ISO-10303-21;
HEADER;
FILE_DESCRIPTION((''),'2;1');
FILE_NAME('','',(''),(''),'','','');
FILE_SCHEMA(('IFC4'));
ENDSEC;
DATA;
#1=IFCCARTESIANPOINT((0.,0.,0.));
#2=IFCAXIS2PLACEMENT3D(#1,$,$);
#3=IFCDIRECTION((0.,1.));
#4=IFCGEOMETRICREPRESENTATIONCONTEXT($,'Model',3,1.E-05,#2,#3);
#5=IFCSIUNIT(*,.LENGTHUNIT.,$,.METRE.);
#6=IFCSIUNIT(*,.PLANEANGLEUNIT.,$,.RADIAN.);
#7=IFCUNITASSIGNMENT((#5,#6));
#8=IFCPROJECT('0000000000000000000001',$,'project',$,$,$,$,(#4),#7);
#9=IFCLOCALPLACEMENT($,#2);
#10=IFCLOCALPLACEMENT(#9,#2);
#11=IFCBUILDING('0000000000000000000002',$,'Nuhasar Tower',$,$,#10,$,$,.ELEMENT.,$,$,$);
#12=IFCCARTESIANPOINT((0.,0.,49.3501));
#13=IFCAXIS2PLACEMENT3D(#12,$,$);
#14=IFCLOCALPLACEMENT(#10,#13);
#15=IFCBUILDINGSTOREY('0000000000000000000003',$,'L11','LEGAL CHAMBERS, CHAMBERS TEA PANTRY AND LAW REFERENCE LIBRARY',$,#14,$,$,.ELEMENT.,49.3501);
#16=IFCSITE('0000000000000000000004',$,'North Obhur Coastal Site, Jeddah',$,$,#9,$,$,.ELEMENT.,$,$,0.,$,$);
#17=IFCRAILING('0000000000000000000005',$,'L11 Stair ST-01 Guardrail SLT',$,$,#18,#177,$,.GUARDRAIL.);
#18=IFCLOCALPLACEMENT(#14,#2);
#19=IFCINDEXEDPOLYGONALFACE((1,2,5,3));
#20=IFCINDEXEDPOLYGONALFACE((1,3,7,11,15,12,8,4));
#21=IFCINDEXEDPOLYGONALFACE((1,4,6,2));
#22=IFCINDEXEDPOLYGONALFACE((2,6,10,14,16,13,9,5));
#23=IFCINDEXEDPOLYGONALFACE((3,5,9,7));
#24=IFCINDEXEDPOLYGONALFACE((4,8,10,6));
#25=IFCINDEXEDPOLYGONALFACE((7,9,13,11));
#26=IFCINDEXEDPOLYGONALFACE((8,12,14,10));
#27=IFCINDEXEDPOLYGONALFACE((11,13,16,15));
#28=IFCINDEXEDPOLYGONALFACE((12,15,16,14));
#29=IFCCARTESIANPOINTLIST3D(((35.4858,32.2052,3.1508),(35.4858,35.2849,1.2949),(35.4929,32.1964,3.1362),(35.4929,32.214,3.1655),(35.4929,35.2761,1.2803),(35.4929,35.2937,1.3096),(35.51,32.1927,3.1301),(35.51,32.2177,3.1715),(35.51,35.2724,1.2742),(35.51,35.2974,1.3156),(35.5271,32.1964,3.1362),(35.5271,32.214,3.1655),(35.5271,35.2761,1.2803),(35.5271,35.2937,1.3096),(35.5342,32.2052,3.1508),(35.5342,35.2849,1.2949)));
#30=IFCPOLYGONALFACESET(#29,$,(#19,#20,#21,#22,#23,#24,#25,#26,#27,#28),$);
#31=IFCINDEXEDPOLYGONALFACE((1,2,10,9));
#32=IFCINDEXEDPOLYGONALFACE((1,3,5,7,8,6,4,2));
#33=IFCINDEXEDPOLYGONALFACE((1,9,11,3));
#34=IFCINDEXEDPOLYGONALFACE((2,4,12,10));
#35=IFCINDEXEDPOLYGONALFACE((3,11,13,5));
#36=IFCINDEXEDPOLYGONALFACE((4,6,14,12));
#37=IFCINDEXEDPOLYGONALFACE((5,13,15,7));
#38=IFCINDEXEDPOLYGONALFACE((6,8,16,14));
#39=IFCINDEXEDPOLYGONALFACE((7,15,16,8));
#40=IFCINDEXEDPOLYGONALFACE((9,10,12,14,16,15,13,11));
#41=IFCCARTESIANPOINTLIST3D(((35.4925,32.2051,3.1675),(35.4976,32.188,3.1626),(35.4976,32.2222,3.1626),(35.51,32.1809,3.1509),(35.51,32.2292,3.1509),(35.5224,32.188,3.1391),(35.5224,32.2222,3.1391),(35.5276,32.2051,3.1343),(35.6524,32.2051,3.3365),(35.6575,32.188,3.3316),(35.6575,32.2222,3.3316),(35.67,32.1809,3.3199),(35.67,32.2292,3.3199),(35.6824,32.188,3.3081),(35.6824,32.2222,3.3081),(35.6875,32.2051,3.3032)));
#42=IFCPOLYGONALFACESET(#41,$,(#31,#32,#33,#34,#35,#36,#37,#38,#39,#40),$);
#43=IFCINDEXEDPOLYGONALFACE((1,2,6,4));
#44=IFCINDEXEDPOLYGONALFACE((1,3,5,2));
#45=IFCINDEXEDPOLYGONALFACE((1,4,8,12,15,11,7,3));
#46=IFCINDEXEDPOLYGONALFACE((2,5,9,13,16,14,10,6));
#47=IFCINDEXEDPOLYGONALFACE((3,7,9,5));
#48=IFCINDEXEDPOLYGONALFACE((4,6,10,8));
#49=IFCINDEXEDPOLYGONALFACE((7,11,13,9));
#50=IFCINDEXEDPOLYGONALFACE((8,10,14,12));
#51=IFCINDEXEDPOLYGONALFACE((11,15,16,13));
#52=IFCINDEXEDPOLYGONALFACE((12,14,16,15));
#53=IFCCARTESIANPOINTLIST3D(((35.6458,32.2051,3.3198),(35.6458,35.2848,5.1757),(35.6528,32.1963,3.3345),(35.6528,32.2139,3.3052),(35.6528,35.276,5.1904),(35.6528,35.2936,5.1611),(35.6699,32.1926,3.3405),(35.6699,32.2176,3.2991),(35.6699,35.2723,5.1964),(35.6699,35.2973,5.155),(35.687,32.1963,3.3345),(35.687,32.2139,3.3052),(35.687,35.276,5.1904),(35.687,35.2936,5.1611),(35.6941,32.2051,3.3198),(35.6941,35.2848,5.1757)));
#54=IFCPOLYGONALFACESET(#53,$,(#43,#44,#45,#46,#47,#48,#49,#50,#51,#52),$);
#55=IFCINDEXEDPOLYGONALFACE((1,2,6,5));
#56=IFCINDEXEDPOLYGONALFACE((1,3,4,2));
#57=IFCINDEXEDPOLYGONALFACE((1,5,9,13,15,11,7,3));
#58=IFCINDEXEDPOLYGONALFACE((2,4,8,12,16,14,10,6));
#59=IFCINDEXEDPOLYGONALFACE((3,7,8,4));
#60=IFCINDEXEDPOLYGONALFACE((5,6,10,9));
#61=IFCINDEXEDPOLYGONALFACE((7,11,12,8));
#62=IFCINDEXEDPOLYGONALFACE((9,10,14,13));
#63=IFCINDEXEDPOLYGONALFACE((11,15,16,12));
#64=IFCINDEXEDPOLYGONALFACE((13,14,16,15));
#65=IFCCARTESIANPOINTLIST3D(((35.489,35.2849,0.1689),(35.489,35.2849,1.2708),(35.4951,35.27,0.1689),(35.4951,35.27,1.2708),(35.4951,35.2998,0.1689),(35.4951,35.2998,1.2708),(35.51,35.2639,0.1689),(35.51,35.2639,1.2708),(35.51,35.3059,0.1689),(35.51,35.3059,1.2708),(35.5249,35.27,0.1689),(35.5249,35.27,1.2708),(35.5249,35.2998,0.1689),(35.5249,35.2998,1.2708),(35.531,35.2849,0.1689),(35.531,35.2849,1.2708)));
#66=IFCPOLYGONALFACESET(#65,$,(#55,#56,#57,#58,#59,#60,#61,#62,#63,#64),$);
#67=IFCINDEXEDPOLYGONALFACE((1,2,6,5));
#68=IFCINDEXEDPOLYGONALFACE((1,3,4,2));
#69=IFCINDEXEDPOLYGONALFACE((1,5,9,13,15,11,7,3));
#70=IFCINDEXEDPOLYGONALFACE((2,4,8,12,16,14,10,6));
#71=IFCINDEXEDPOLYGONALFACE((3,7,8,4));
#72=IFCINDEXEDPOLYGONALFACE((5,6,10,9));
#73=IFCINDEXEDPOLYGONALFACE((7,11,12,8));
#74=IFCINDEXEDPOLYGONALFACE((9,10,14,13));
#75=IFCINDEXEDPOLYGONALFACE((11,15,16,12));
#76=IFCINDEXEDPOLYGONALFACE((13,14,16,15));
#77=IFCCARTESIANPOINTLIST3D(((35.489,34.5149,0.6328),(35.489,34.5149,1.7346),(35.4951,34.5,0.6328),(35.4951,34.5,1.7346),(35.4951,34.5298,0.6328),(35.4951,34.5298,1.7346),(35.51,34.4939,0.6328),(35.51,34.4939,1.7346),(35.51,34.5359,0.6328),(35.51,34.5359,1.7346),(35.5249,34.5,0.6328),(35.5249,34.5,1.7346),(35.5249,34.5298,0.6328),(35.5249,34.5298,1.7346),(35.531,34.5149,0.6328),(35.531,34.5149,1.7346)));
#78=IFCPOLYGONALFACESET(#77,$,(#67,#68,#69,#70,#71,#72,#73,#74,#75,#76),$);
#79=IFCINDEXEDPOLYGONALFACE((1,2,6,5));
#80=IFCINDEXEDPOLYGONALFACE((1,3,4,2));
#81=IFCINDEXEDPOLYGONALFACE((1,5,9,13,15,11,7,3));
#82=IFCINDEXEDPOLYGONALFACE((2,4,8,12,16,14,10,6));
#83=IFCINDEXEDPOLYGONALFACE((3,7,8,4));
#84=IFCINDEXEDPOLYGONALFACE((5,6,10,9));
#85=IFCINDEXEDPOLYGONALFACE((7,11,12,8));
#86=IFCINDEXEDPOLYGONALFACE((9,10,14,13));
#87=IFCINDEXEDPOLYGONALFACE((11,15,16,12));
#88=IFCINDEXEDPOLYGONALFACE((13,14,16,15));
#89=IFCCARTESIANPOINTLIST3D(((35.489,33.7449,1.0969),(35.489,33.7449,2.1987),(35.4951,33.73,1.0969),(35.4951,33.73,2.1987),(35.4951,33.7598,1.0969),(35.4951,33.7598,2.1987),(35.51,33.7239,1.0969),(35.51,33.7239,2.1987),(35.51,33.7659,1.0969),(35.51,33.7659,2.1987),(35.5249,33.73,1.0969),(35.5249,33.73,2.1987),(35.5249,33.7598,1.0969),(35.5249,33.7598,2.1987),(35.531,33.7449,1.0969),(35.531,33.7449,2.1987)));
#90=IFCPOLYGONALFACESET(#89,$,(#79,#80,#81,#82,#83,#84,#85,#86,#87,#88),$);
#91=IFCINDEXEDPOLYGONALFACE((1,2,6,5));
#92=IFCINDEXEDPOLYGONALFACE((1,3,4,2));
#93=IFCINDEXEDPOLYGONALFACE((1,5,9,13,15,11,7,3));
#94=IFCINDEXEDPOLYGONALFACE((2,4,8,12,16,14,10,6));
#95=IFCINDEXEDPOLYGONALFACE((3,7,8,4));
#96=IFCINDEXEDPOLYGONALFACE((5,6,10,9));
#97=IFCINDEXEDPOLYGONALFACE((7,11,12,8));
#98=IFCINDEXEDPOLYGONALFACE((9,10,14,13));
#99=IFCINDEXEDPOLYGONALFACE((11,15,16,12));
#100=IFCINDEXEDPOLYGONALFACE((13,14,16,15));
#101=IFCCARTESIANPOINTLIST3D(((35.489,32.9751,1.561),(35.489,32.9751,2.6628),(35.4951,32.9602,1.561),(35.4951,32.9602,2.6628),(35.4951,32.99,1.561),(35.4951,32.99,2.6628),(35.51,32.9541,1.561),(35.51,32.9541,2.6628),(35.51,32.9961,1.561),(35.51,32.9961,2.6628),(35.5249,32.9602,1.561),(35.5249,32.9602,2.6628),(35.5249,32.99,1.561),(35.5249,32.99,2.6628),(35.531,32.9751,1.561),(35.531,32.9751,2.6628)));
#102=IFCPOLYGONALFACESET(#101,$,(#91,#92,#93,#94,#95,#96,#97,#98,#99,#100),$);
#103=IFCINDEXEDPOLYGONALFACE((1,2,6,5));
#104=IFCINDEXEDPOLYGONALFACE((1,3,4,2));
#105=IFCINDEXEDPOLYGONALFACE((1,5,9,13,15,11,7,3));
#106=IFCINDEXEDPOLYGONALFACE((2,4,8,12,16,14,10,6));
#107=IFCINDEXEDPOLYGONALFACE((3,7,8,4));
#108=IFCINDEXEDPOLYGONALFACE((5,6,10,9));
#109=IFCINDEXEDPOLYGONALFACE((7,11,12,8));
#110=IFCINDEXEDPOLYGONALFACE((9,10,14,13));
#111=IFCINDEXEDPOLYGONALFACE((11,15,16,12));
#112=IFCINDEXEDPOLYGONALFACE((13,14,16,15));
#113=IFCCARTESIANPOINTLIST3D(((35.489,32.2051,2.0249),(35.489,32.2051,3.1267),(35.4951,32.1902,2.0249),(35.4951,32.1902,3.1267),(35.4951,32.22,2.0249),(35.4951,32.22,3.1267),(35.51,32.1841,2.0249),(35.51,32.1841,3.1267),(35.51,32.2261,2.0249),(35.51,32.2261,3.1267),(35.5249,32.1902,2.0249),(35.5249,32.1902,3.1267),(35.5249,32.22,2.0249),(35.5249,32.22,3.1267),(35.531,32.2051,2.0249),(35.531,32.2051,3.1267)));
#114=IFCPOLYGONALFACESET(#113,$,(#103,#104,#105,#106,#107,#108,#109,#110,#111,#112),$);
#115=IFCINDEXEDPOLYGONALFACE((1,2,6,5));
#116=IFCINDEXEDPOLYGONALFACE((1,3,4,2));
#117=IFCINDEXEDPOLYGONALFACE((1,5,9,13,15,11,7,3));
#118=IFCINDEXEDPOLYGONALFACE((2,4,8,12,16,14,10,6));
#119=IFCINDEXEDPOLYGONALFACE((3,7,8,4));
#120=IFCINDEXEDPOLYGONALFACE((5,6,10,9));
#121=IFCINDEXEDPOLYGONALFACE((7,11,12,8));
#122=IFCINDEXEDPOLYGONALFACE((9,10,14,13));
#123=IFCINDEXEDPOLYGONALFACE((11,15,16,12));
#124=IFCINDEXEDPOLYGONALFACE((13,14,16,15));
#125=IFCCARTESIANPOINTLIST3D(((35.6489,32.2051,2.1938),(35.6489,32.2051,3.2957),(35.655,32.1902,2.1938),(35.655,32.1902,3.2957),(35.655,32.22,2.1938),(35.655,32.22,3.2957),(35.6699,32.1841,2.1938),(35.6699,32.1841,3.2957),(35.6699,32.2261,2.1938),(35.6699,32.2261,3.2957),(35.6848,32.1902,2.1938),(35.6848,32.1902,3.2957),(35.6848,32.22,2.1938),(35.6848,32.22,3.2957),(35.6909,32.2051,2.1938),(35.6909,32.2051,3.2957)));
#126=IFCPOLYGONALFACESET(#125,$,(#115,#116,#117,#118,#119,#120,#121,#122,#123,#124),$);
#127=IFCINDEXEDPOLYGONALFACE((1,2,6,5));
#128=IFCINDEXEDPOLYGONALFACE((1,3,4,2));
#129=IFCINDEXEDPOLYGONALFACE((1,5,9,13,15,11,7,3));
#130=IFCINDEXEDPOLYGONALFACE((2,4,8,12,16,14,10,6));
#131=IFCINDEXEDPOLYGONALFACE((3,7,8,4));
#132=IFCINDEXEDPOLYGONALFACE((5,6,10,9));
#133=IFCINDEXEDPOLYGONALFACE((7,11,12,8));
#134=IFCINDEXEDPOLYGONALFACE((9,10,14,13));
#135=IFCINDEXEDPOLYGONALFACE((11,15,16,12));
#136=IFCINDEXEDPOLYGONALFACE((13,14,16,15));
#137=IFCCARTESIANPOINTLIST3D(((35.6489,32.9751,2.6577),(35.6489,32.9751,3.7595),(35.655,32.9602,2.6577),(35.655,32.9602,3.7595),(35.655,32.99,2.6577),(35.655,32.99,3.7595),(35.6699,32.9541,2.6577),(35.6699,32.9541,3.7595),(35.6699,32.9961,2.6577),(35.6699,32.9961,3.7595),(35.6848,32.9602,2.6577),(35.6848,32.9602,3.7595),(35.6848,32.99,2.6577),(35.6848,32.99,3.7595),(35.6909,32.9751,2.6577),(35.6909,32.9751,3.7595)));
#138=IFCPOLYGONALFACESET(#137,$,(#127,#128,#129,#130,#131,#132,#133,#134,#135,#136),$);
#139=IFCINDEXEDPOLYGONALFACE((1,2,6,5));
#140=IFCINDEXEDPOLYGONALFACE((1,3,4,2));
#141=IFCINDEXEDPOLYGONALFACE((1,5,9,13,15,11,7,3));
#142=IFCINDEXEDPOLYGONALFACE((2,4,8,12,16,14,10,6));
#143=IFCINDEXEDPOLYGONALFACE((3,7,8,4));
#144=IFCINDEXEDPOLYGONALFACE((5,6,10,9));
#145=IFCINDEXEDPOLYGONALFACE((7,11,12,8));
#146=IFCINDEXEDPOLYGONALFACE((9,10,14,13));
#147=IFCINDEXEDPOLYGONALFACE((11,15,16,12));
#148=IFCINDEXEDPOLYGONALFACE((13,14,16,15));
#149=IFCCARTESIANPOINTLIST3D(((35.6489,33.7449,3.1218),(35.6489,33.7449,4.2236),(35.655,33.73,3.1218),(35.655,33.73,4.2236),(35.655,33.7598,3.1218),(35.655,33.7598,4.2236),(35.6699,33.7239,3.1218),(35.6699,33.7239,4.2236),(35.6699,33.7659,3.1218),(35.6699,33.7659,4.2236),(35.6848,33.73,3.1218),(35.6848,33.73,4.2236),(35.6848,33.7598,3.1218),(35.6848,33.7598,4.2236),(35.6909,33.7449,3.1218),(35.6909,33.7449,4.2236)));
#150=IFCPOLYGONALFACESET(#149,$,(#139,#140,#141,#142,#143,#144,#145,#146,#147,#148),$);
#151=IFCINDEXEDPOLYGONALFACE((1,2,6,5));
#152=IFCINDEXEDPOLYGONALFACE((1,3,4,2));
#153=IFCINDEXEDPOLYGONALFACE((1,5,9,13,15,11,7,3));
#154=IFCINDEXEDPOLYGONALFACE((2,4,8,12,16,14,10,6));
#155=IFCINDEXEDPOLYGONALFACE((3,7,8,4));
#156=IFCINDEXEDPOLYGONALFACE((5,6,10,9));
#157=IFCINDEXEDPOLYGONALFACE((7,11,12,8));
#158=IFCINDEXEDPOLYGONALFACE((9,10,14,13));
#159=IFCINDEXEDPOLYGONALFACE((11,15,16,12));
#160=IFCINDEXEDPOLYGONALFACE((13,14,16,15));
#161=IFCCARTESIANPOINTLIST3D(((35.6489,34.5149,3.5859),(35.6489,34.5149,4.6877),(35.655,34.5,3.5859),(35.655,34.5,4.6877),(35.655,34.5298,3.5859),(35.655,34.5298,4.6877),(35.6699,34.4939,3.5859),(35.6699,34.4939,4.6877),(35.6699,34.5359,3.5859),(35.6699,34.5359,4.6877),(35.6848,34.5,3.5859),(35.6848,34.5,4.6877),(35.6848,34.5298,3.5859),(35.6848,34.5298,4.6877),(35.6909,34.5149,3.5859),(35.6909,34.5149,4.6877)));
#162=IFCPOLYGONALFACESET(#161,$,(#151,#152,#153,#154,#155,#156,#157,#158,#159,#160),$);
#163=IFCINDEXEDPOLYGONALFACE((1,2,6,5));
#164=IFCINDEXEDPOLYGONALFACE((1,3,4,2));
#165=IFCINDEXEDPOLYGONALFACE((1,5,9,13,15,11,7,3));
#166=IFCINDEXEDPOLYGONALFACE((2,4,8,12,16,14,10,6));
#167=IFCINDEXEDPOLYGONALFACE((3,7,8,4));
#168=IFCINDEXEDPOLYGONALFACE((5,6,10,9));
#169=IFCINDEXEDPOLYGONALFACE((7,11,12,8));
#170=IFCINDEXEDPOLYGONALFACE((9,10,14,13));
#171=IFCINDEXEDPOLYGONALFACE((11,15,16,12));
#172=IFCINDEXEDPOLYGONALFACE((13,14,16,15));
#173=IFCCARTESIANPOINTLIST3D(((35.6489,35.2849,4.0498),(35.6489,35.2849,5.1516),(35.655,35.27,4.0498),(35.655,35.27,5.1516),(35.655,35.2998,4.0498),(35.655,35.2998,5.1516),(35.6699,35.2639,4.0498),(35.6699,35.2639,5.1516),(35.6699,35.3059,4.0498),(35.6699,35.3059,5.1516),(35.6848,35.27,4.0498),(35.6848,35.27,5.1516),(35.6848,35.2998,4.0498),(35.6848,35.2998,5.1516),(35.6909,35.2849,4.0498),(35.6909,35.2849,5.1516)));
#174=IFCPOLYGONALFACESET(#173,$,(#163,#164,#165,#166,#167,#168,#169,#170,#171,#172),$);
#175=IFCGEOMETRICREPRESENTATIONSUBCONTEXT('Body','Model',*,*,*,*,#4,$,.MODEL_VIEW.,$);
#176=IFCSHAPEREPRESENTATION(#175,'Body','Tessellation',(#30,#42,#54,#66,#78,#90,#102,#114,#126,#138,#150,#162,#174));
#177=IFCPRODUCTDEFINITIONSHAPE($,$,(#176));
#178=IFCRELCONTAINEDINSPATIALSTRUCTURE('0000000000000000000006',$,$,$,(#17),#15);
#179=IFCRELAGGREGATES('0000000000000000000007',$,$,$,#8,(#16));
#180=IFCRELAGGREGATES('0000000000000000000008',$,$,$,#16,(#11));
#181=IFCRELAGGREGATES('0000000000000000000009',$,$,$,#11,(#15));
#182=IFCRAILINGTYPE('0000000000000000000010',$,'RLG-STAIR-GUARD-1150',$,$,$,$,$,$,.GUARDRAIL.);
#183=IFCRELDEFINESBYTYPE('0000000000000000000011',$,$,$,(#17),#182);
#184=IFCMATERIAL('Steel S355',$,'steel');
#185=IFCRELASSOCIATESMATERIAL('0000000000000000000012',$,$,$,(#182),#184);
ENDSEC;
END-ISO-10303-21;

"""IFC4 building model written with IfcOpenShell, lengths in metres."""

from ifc_helpers import new_model, si_unit, direction, frame, origin, place, context, subcontext, project, spatial, polyline, outline, extrude, material, type_object, element, save


model = new_model("IFC4")

# Units and contexts
model_context = context("Model", 3, precision=1e-05, world=origin(), true_north=direction((0.0, 1.0)))
body_context = subcontext(model_context, "Body", "Model", "MODEL_VIEW")
ifc_project = project(units=[si_unit("LENGTHUNIT", "METRE"), si_unit("PLANEANGLEUNIT", "RADIAN")], contexts=[model_context])

# Site, building, storey
site_placement = place(None, origin())
site = spatial("IfcSite", under=ifc_project, at=site_placement, Name="North Obhur Coastal Site, Jeddah", CompositionType="ELEMENT", RefElevation=0.0)
building_placement = place(site_placement, origin())
building = spatial("IfcBuilding", under=site, at=building_placement, Name="Nuhasar Tower", CompositionType="ELEMENT")
storey_placement = place(building_placement, frame((0.0, 0.0, 49.3501)))
storey = spatial("IfcBuildingStorey", under=building, at=storey_placement, Name="L11", Description="LEGAL CHAMBERS, CHAMBERS TEA PANTRY AND LAW REFERENCE LIBRARY", CompositionType="ELEMENT", Elevation=49.3501)

# Shared definitions
ifc_material_1 = material(Name="Steel S355", Category="steel")

# Railing
railing_type_1 = type_object("IfcRailingType", Name="RLG-STAIR-GUARD-1150", PredefinedType="GUARDRAIL", material=ifc_material_1)
railing_1_placement = place(storey_placement, frame((35.51, 35.2849, 0.1689)))
element("IfcRailing", 1, at=railing_1_placement, inside=storey, type_object=railing_type_1, Name="L11 Stair ST-01 Guardrail SLT", PredefinedType="GUARDRAIL", context=body_context, shape_type="SweptSolid", body=[
    extrude(outline(polyline([(0.0242, 0.0), (0.0171, 0.0171), (0.0, 0.0242), (-0.0171, 0.0171), (-0.0242, 0.0), (-0.0171, -0.0171), (0.0, -0.0242), (0.0171, -0.0171), (0.0242, 0.0)])), frame((0.0, 0.0, 1.126), z_axis=(0.0, -0.856503, 0.516142), x_axis=(1.0, 0.0, 0.0)), (0.0, 0.0, 1.0), 3.5957),
    extrude(outline(polyline([(0.0242, 0.0), (0.0171, 0.0171), (0.0, 0.0242), (-0.0171, 0.0171), (-0.0242, 0.0), (-0.0171, -0.0171), (0.0, -0.0242), (0.0171, -0.0171), (0.0242, 0.0)])), frame((0.0, -3.0798, 2.9819), z_axis=(0.687424, 0.0, 0.726256), x_axis=(0.0, 1.0, 0.0)), (0.0, 0.0, 1.0), 0.2327),
    extrude(outline(polyline([(0.0242, 0.0), (0.0171, 0.0171), (0.0, 0.0242), (-0.0171, 0.0171), (-0.0242, 0.0), (-0.0171, -0.0171), (0.0, -0.0242), (0.0171, -0.0171), (0.0242, 0.0)])), frame((0.1599, -3.0798, 3.1509), z_axis=(0.0, 0.856503, 0.516142), x_axis=(-1.0, 0.0, 0.0)), (0.0, 0.0, 1.0), 3.5957),
    extrude(outline(polyline([(0.021, 0.0), (0.0149, 0.0149), (0.0, 0.021), (-0.0149, 0.0149), (-0.021, 0.0), (-0.0149, -0.0149), (0.0, -0.021), (0.0149, -0.0149), (0.021, 0.0)])), origin(), (0.0, 0.0, 1.0), 1.1018),
    extrude(outline(polyline([(0.021, 0.0), (0.0149, 0.0149), (0.0, 0.021), (-0.0149, 0.0149), (-0.021, 0.0), (-0.0149, -0.0149), (0.0, -0.021), (0.0149, -0.0149), (0.021, 0.0)])), frame((0.0, -0.77, 0.4639)), (0.0, 0.0, 1.0), 1.1018),
    extrude(outline(polyline([(0.021, 0.0), (0.0149, 0.0149), (0.0, 0.021), (-0.0149, 0.0149), (-0.021, 0.0), (-0.0149, -0.0149), (0.0, -0.021), (0.0149, -0.0149), (0.021, 0.0)])), frame((0.0, -1.54, 0.928)), (0.0, 0.0, 1.0), 1.1018),
    extrude(outline(polyline([(0.021, 0.0), (0.0149, 0.0149), (0.0, 0.021), (-0.0149, 0.0149), (-0.021, 0.0), (-0.0149, -0.0149), (0.0, -0.021), (0.0149, -0.0149), (0.021, 0.0)])), frame((0.0, -2.3098, 1.3921)), (0.0, 0.0, 1.0), 1.1018),
    extrude(outline(polyline([(0.021, 0.0), (0.0149, 0.0149), (0.0, 0.021), (-0.0149, 0.0149), (-0.021, 0.0), (-0.0149, -0.0149), (0.0, -0.021), (0.0149, -0.0149), (0.021, 0.0)])), frame((0.0, -3.0798, 1.856)), (0.0, 0.0, 1.0), 1.1018),
    extrude(outline(polyline([(0.021, 0.0), (0.0149, 0.0149), (0.0, 0.021), (-0.0149, 0.0149), (-0.021, 0.0), (-0.0149, -0.0149), (0.0, -0.021), (0.0149, -0.0149), (0.021, 0.0)])), frame((0.1599, -3.0798, 2.0249)), (0.0, 0.0, 1.0), 1.1018),
    extrude(outline(polyline([(0.021, 0.0), (0.0149, 0.0149), (0.0, 0.021), (-0.0149, 0.0149), (-0.021, 0.0), (-0.0149, -0.0149), (0.0, -0.021), (0.0149, -0.0149), (0.021, 0.0)])), frame((0.1599, -2.3098, 2.4888)), (0.0, 0.0, 1.0), 1.1018),
    extrude(outline(polyline([(0.021, 0.0), (0.0149, 0.0149), (0.0, 0.021), (-0.0149, 0.0149), (-0.021, 0.0), (-0.0149, -0.0149), (0.0, -0.021), (0.0149, -0.0149), (0.021, 0.0)])), frame((0.1599, -1.54, 2.9529)), (0.0, 0.0, 1.0), 1.1018),
    extrude(outline(polyline([(0.021, 0.0), (0.0149, 0.0149), (0.0, 0.021), (-0.0149, 0.0149), (-0.021, 0.0), (-0.0149, -0.0149), (0.0, -0.021), (0.0149, -0.0149), (0.021, 0.0)])), frame((0.1599, -0.77, 3.417)), (0.0, 0.0, 1.0), 1.1018),
    extrude(outline(polyline([(0.021, 0.0), (0.0149, 0.0149), (0.0, 0.021), (-0.0149, 0.0149), (-0.021, 0.0), (-0.0149, -0.0149), (0.0, -0.021), (0.0149, -0.0149), (0.021, 0.0)])), frame((0.1599, 0.0, 3.8809)), (0.0, 0.0, 1.0), 1.1018),
])

save(model, "model.ifc")
